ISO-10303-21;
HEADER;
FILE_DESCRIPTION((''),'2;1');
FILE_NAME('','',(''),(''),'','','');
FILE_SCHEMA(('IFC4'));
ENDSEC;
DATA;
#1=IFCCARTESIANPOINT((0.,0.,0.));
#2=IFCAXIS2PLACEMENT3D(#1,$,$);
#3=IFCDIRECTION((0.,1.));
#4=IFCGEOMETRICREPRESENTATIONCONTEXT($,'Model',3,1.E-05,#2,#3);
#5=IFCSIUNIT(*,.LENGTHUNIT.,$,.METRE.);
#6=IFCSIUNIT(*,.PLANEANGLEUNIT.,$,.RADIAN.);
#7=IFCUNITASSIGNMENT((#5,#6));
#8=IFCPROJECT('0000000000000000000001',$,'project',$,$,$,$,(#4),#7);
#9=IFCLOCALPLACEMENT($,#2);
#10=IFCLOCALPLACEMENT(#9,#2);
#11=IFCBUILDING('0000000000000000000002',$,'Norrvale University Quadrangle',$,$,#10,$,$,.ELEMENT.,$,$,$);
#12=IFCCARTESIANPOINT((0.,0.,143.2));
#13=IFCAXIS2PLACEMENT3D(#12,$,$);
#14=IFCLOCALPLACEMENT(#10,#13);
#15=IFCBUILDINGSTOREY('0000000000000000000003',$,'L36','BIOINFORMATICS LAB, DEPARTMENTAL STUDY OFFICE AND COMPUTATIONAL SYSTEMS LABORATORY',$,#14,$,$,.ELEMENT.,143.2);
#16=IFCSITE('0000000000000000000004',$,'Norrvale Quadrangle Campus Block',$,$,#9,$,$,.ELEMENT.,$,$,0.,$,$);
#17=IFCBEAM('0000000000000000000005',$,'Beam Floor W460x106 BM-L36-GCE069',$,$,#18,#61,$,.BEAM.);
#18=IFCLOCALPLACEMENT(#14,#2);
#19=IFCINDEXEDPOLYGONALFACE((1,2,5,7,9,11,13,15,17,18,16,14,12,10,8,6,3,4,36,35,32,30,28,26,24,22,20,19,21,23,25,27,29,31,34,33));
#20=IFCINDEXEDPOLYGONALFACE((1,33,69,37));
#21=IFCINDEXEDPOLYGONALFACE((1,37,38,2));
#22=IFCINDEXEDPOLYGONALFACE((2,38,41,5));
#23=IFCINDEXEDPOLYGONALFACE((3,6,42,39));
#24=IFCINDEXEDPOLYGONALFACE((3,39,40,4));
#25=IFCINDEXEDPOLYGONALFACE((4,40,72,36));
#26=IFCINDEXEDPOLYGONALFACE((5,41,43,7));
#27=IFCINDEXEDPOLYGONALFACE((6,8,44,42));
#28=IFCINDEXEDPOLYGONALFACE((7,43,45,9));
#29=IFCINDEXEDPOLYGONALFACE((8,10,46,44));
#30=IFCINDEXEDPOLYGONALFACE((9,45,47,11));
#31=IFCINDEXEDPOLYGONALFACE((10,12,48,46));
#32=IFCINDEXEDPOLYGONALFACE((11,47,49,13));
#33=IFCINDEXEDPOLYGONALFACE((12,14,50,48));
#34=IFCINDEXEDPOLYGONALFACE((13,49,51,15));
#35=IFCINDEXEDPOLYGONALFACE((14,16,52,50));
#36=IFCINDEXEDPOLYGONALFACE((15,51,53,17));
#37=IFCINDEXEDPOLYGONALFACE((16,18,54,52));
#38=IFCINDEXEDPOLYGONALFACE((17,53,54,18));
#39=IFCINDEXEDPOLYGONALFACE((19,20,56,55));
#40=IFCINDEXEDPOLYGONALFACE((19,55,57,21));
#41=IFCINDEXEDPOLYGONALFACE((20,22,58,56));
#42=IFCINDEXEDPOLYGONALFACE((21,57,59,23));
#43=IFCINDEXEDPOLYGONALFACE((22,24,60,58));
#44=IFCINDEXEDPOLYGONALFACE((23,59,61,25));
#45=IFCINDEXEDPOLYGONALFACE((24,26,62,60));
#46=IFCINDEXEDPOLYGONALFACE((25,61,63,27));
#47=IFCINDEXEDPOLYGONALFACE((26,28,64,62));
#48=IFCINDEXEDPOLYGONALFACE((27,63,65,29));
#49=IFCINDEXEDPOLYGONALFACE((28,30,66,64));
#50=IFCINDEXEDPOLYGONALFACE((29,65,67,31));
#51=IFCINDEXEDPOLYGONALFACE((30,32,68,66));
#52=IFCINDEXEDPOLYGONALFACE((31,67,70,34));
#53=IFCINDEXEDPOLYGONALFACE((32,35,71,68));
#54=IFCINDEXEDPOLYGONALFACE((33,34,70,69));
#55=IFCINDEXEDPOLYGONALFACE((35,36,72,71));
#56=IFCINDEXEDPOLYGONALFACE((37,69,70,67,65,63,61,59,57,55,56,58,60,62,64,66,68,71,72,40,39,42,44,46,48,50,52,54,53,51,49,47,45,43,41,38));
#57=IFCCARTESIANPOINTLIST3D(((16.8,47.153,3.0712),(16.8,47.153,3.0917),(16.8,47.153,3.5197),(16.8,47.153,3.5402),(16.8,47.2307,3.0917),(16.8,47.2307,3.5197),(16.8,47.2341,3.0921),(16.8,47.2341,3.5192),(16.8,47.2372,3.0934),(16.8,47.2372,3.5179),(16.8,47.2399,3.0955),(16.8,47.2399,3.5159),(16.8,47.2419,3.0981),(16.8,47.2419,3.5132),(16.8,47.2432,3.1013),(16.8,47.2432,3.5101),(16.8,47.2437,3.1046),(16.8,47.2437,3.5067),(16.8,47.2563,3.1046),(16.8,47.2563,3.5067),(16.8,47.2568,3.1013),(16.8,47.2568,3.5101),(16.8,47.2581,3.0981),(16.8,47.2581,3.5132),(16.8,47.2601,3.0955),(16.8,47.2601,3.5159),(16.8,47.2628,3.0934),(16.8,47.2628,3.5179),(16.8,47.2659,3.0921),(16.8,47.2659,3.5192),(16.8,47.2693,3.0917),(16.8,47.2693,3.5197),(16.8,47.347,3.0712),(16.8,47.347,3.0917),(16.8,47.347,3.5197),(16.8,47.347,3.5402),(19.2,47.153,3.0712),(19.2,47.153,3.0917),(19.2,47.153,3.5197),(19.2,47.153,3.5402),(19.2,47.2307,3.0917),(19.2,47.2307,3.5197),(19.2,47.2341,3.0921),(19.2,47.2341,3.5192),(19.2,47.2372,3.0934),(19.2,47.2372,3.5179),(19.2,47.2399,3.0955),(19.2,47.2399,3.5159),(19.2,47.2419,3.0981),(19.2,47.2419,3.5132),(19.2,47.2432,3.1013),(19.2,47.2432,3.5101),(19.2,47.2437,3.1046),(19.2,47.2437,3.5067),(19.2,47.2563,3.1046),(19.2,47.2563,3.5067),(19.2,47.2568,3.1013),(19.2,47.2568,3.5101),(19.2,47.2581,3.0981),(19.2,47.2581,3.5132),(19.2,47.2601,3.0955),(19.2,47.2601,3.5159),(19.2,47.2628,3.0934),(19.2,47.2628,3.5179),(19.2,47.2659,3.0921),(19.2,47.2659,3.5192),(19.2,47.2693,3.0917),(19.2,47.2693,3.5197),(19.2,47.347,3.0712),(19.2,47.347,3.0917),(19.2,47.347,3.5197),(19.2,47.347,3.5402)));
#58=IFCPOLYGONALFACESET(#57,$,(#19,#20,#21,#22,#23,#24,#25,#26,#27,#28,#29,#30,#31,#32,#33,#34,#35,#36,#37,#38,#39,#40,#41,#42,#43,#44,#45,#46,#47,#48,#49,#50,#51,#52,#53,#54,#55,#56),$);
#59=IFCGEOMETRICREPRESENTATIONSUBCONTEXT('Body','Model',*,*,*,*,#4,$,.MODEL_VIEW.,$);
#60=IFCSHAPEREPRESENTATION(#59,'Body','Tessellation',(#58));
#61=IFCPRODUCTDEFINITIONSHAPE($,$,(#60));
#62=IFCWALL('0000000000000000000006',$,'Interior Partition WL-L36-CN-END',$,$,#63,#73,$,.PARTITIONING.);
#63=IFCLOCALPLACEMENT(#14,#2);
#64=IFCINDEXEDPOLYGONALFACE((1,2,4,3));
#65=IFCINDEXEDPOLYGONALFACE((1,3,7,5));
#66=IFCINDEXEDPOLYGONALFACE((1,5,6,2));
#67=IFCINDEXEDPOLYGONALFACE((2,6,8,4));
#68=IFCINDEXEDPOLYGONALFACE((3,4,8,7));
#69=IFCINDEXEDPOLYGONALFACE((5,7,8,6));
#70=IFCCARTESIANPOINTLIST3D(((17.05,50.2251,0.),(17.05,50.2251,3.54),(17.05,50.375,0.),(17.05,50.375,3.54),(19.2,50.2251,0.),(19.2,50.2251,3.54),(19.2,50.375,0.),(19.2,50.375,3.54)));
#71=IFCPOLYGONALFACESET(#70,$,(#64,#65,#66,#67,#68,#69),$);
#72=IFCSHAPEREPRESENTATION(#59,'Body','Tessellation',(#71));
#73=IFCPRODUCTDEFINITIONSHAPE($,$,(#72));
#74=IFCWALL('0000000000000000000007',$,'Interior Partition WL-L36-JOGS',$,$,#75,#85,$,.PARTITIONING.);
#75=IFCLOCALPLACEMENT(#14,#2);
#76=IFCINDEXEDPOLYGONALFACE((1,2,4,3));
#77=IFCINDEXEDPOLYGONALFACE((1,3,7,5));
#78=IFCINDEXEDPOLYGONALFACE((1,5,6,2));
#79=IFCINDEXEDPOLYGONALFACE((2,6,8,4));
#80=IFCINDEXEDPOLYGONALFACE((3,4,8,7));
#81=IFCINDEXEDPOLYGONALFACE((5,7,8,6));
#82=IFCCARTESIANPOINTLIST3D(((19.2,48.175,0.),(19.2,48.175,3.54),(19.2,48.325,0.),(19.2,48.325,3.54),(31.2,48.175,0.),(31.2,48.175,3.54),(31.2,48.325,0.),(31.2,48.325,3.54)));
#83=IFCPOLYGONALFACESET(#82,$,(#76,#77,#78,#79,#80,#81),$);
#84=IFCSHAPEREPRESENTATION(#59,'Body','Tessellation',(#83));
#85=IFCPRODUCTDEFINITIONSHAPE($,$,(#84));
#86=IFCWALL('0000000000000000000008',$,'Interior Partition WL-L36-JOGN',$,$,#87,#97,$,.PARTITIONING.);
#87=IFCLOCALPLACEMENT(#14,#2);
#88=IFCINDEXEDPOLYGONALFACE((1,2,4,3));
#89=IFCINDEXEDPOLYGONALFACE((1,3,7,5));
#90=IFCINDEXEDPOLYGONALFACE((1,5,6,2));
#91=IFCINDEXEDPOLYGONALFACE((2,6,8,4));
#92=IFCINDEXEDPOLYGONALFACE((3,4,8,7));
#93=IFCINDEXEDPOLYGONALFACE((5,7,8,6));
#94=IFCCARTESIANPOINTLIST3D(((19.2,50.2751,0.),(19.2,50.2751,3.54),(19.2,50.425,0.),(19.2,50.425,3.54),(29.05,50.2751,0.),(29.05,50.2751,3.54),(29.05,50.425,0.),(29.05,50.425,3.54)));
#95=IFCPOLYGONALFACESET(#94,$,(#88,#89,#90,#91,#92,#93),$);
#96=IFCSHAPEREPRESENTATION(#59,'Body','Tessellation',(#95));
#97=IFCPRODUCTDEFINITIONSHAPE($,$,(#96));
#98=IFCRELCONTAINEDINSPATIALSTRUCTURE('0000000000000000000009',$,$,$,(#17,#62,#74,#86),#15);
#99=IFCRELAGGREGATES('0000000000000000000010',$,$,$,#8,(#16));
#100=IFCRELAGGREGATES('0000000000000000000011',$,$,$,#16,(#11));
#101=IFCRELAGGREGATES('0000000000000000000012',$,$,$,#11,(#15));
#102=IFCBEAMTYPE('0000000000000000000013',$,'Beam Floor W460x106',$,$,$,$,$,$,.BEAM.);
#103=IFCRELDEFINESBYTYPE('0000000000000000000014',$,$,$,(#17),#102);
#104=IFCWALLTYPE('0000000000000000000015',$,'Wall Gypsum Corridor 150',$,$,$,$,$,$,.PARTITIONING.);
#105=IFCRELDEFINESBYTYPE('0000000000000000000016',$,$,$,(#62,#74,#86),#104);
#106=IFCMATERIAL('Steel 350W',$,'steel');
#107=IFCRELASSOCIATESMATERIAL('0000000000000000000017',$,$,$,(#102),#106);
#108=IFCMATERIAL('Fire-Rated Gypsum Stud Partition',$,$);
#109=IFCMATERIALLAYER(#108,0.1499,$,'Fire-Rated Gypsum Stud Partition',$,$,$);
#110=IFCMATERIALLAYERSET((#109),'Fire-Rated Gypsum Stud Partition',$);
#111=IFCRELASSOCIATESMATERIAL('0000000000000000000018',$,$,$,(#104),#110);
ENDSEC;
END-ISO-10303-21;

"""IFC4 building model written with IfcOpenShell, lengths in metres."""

from ifc_helpers import new_model, si_unit, direction, frame, frame_2d, origin, origin_2d, place, context, subcontext, project, spatial, rectangle, i_section, extrude, material, layer, layer_set, material_profile, profile_set, type_object, element, save


model = new_model("IFC4")

# Units and contexts
model_context = context("Model", 3, precision=1e-05, world=origin(), true_north=direction((0.0, 1.0)))
body_context = subcontext(model_context, "Body", "Model", "MODEL_VIEW")
ifc_project = project(units=[si_unit("LENGTHUNIT", "METRE"), si_unit("PLANEANGLEUNIT", "RADIAN")], contexts=[model_context])

# Site, building, storey
site_placement = place(None, origin())
site = spatial("IfcSite", under=ifc_project, at=site_placement, Name="Norrvale Quadrangle Campus Block", CompositionType="ELEMENT", RefElevation=0.0)
building_placement = place(site_placement, origin())
building = spatial("IfcBuilding", under=site, at=building_placement, Name="Norrvale University Quadrangle", CompositionType="ELEMENT")
storey_placement = place(building_placement, frame((0.0, 0.0, 143.2)))
storey = spatial("IfcBuildingStorey", under=building, at=storey_placement, Name="L36", Description="BIOINFORMATICS LAB, DEPARTMENTAL STUDY OFFICE AND COMPUTATIONAL SYSTEMS LABORATORY", CompositionType="ELEMENT", Elevation=143.2)

# Beam
ifc_material_1 = material(Name="Steel 350W", Category="steel")
ifc_material_profile_1 = material_profile(ifc_material_1, i_section(OverallWidth=0.1941, OverallDepth=0.469, WebThickness=0.0127, FlangeThickness=0.0205, FilletRadius=0.0129, at=origin_2d()), Name="Steel 350W")
ifc_profile_set_1 = profile_set([ifc_material_profile_1], Name="Steel 350W")
beam_type_1 = type_object("IfcBeamType", Name="Beam Floor W460x106", PredefinedType="BEAM", material=ifc_profile_set_1)
beam_1_placement = place(storey_placement, frame((16.8, 47.25, 3.3057), z_axis=(1.0, 0.0, 0.0), x_axis=(0.0, 1.0, 0.0)))
element("IfcBeam", 1, at=beam_1_placement, inside=storey, type_object=beam_type_1, Name="Beam Floor W460x106 BM-L36-GCE069", PredefinedType="BEAM", context=body_context, shape_type="SweptSolid", body=[
    extrude(i_section(OverallWidth=0.1941, OverallDepth=0.469, WebThickness=0.0127, FlangeThickness=0.0205, FilletRadius=0.0129, at=origin_2d()), origin(), (0.0, 0.0, 1.0), 2.3999),
])

# Walls
ifc_material_2 = material(Name="Fire-Rated Gypsum Stud Partition")
ifc_layer = layer(ifc_material_2, 0.1499, Name="Fire-Rated Gypsum Stud Partition")
ifc_layer_set = layer_set([ifc_layer], Name="Fire-Rated Gypsum Stud Partition")
wall_type = type_object("IfcWallType", Name="Wall Gypsum Corridor 150", PredefinedType="PARTITIONING", material=ifc_layer_set)
wall_1_placement = place(storey_placement, frame((17.05, 50.3, 0.0), z_axis=(0.0, 0.0, 1.0), x_axis=(1.0, 0.0, 0.0)))
element("IfcWall", 2, at=wall_1_placement, inside=storey, type_object=wall_type, Name="Interior Partition WL-L36-CN-END", PredefinedType="PARTITIONING", context=body_context, shape_type="SweptSolid", body=[
    extrude(rectangle(XDim=2.1499, YDim=0.1499, at=frame_2d((1.075, 0.0))), origin(), (0.0, 0.0, 1.0), 3.54),
])
wall_2_placement = place(storey_placement, frame((19.2, 48.25, 0.0), z_axis=(0.0, 0.0, 1.0), x_axis=(1.0, 0.0, 0.0)))
element("IfcWall", 3, at=wall_2_placement, inside=storey, type_object=wall_type, Name="Interior Partition WL-L36-JOGS", PredefinedType="PARTITIONING", context=body_context, shape_type="SweptSolid", body=[
    extrude(rectangle(XDim=12.0, YDim=0.1499, at=frame_2d((6.0, 0.0))), origin(), (0.0, 0.0, 1.0), 3.54),
])
wall_3_placement = place(storey_placement, frame((19.2, 50.3501, 0.0), z_axis=(0.0, 0.0, 1.0), x_axis=(1.0, 0.0, 0.0)))
element("IfcWall", 4, at=wall_3_placement, inside=storey, type_object=wall_type, Name="Interior Partition WL-L36-JOGN", PredefinedType="PARTITIONING", context=body_context, shape_type="SweptSolid", body=[
    extrude(rectangle(XDim=9.8501, YDim=0.1499, at=frame_2d((4.925, 0.0))), origin(), (0.0, 0.0, 1.0), 3.54),
])

save(model, "model.ifc")
